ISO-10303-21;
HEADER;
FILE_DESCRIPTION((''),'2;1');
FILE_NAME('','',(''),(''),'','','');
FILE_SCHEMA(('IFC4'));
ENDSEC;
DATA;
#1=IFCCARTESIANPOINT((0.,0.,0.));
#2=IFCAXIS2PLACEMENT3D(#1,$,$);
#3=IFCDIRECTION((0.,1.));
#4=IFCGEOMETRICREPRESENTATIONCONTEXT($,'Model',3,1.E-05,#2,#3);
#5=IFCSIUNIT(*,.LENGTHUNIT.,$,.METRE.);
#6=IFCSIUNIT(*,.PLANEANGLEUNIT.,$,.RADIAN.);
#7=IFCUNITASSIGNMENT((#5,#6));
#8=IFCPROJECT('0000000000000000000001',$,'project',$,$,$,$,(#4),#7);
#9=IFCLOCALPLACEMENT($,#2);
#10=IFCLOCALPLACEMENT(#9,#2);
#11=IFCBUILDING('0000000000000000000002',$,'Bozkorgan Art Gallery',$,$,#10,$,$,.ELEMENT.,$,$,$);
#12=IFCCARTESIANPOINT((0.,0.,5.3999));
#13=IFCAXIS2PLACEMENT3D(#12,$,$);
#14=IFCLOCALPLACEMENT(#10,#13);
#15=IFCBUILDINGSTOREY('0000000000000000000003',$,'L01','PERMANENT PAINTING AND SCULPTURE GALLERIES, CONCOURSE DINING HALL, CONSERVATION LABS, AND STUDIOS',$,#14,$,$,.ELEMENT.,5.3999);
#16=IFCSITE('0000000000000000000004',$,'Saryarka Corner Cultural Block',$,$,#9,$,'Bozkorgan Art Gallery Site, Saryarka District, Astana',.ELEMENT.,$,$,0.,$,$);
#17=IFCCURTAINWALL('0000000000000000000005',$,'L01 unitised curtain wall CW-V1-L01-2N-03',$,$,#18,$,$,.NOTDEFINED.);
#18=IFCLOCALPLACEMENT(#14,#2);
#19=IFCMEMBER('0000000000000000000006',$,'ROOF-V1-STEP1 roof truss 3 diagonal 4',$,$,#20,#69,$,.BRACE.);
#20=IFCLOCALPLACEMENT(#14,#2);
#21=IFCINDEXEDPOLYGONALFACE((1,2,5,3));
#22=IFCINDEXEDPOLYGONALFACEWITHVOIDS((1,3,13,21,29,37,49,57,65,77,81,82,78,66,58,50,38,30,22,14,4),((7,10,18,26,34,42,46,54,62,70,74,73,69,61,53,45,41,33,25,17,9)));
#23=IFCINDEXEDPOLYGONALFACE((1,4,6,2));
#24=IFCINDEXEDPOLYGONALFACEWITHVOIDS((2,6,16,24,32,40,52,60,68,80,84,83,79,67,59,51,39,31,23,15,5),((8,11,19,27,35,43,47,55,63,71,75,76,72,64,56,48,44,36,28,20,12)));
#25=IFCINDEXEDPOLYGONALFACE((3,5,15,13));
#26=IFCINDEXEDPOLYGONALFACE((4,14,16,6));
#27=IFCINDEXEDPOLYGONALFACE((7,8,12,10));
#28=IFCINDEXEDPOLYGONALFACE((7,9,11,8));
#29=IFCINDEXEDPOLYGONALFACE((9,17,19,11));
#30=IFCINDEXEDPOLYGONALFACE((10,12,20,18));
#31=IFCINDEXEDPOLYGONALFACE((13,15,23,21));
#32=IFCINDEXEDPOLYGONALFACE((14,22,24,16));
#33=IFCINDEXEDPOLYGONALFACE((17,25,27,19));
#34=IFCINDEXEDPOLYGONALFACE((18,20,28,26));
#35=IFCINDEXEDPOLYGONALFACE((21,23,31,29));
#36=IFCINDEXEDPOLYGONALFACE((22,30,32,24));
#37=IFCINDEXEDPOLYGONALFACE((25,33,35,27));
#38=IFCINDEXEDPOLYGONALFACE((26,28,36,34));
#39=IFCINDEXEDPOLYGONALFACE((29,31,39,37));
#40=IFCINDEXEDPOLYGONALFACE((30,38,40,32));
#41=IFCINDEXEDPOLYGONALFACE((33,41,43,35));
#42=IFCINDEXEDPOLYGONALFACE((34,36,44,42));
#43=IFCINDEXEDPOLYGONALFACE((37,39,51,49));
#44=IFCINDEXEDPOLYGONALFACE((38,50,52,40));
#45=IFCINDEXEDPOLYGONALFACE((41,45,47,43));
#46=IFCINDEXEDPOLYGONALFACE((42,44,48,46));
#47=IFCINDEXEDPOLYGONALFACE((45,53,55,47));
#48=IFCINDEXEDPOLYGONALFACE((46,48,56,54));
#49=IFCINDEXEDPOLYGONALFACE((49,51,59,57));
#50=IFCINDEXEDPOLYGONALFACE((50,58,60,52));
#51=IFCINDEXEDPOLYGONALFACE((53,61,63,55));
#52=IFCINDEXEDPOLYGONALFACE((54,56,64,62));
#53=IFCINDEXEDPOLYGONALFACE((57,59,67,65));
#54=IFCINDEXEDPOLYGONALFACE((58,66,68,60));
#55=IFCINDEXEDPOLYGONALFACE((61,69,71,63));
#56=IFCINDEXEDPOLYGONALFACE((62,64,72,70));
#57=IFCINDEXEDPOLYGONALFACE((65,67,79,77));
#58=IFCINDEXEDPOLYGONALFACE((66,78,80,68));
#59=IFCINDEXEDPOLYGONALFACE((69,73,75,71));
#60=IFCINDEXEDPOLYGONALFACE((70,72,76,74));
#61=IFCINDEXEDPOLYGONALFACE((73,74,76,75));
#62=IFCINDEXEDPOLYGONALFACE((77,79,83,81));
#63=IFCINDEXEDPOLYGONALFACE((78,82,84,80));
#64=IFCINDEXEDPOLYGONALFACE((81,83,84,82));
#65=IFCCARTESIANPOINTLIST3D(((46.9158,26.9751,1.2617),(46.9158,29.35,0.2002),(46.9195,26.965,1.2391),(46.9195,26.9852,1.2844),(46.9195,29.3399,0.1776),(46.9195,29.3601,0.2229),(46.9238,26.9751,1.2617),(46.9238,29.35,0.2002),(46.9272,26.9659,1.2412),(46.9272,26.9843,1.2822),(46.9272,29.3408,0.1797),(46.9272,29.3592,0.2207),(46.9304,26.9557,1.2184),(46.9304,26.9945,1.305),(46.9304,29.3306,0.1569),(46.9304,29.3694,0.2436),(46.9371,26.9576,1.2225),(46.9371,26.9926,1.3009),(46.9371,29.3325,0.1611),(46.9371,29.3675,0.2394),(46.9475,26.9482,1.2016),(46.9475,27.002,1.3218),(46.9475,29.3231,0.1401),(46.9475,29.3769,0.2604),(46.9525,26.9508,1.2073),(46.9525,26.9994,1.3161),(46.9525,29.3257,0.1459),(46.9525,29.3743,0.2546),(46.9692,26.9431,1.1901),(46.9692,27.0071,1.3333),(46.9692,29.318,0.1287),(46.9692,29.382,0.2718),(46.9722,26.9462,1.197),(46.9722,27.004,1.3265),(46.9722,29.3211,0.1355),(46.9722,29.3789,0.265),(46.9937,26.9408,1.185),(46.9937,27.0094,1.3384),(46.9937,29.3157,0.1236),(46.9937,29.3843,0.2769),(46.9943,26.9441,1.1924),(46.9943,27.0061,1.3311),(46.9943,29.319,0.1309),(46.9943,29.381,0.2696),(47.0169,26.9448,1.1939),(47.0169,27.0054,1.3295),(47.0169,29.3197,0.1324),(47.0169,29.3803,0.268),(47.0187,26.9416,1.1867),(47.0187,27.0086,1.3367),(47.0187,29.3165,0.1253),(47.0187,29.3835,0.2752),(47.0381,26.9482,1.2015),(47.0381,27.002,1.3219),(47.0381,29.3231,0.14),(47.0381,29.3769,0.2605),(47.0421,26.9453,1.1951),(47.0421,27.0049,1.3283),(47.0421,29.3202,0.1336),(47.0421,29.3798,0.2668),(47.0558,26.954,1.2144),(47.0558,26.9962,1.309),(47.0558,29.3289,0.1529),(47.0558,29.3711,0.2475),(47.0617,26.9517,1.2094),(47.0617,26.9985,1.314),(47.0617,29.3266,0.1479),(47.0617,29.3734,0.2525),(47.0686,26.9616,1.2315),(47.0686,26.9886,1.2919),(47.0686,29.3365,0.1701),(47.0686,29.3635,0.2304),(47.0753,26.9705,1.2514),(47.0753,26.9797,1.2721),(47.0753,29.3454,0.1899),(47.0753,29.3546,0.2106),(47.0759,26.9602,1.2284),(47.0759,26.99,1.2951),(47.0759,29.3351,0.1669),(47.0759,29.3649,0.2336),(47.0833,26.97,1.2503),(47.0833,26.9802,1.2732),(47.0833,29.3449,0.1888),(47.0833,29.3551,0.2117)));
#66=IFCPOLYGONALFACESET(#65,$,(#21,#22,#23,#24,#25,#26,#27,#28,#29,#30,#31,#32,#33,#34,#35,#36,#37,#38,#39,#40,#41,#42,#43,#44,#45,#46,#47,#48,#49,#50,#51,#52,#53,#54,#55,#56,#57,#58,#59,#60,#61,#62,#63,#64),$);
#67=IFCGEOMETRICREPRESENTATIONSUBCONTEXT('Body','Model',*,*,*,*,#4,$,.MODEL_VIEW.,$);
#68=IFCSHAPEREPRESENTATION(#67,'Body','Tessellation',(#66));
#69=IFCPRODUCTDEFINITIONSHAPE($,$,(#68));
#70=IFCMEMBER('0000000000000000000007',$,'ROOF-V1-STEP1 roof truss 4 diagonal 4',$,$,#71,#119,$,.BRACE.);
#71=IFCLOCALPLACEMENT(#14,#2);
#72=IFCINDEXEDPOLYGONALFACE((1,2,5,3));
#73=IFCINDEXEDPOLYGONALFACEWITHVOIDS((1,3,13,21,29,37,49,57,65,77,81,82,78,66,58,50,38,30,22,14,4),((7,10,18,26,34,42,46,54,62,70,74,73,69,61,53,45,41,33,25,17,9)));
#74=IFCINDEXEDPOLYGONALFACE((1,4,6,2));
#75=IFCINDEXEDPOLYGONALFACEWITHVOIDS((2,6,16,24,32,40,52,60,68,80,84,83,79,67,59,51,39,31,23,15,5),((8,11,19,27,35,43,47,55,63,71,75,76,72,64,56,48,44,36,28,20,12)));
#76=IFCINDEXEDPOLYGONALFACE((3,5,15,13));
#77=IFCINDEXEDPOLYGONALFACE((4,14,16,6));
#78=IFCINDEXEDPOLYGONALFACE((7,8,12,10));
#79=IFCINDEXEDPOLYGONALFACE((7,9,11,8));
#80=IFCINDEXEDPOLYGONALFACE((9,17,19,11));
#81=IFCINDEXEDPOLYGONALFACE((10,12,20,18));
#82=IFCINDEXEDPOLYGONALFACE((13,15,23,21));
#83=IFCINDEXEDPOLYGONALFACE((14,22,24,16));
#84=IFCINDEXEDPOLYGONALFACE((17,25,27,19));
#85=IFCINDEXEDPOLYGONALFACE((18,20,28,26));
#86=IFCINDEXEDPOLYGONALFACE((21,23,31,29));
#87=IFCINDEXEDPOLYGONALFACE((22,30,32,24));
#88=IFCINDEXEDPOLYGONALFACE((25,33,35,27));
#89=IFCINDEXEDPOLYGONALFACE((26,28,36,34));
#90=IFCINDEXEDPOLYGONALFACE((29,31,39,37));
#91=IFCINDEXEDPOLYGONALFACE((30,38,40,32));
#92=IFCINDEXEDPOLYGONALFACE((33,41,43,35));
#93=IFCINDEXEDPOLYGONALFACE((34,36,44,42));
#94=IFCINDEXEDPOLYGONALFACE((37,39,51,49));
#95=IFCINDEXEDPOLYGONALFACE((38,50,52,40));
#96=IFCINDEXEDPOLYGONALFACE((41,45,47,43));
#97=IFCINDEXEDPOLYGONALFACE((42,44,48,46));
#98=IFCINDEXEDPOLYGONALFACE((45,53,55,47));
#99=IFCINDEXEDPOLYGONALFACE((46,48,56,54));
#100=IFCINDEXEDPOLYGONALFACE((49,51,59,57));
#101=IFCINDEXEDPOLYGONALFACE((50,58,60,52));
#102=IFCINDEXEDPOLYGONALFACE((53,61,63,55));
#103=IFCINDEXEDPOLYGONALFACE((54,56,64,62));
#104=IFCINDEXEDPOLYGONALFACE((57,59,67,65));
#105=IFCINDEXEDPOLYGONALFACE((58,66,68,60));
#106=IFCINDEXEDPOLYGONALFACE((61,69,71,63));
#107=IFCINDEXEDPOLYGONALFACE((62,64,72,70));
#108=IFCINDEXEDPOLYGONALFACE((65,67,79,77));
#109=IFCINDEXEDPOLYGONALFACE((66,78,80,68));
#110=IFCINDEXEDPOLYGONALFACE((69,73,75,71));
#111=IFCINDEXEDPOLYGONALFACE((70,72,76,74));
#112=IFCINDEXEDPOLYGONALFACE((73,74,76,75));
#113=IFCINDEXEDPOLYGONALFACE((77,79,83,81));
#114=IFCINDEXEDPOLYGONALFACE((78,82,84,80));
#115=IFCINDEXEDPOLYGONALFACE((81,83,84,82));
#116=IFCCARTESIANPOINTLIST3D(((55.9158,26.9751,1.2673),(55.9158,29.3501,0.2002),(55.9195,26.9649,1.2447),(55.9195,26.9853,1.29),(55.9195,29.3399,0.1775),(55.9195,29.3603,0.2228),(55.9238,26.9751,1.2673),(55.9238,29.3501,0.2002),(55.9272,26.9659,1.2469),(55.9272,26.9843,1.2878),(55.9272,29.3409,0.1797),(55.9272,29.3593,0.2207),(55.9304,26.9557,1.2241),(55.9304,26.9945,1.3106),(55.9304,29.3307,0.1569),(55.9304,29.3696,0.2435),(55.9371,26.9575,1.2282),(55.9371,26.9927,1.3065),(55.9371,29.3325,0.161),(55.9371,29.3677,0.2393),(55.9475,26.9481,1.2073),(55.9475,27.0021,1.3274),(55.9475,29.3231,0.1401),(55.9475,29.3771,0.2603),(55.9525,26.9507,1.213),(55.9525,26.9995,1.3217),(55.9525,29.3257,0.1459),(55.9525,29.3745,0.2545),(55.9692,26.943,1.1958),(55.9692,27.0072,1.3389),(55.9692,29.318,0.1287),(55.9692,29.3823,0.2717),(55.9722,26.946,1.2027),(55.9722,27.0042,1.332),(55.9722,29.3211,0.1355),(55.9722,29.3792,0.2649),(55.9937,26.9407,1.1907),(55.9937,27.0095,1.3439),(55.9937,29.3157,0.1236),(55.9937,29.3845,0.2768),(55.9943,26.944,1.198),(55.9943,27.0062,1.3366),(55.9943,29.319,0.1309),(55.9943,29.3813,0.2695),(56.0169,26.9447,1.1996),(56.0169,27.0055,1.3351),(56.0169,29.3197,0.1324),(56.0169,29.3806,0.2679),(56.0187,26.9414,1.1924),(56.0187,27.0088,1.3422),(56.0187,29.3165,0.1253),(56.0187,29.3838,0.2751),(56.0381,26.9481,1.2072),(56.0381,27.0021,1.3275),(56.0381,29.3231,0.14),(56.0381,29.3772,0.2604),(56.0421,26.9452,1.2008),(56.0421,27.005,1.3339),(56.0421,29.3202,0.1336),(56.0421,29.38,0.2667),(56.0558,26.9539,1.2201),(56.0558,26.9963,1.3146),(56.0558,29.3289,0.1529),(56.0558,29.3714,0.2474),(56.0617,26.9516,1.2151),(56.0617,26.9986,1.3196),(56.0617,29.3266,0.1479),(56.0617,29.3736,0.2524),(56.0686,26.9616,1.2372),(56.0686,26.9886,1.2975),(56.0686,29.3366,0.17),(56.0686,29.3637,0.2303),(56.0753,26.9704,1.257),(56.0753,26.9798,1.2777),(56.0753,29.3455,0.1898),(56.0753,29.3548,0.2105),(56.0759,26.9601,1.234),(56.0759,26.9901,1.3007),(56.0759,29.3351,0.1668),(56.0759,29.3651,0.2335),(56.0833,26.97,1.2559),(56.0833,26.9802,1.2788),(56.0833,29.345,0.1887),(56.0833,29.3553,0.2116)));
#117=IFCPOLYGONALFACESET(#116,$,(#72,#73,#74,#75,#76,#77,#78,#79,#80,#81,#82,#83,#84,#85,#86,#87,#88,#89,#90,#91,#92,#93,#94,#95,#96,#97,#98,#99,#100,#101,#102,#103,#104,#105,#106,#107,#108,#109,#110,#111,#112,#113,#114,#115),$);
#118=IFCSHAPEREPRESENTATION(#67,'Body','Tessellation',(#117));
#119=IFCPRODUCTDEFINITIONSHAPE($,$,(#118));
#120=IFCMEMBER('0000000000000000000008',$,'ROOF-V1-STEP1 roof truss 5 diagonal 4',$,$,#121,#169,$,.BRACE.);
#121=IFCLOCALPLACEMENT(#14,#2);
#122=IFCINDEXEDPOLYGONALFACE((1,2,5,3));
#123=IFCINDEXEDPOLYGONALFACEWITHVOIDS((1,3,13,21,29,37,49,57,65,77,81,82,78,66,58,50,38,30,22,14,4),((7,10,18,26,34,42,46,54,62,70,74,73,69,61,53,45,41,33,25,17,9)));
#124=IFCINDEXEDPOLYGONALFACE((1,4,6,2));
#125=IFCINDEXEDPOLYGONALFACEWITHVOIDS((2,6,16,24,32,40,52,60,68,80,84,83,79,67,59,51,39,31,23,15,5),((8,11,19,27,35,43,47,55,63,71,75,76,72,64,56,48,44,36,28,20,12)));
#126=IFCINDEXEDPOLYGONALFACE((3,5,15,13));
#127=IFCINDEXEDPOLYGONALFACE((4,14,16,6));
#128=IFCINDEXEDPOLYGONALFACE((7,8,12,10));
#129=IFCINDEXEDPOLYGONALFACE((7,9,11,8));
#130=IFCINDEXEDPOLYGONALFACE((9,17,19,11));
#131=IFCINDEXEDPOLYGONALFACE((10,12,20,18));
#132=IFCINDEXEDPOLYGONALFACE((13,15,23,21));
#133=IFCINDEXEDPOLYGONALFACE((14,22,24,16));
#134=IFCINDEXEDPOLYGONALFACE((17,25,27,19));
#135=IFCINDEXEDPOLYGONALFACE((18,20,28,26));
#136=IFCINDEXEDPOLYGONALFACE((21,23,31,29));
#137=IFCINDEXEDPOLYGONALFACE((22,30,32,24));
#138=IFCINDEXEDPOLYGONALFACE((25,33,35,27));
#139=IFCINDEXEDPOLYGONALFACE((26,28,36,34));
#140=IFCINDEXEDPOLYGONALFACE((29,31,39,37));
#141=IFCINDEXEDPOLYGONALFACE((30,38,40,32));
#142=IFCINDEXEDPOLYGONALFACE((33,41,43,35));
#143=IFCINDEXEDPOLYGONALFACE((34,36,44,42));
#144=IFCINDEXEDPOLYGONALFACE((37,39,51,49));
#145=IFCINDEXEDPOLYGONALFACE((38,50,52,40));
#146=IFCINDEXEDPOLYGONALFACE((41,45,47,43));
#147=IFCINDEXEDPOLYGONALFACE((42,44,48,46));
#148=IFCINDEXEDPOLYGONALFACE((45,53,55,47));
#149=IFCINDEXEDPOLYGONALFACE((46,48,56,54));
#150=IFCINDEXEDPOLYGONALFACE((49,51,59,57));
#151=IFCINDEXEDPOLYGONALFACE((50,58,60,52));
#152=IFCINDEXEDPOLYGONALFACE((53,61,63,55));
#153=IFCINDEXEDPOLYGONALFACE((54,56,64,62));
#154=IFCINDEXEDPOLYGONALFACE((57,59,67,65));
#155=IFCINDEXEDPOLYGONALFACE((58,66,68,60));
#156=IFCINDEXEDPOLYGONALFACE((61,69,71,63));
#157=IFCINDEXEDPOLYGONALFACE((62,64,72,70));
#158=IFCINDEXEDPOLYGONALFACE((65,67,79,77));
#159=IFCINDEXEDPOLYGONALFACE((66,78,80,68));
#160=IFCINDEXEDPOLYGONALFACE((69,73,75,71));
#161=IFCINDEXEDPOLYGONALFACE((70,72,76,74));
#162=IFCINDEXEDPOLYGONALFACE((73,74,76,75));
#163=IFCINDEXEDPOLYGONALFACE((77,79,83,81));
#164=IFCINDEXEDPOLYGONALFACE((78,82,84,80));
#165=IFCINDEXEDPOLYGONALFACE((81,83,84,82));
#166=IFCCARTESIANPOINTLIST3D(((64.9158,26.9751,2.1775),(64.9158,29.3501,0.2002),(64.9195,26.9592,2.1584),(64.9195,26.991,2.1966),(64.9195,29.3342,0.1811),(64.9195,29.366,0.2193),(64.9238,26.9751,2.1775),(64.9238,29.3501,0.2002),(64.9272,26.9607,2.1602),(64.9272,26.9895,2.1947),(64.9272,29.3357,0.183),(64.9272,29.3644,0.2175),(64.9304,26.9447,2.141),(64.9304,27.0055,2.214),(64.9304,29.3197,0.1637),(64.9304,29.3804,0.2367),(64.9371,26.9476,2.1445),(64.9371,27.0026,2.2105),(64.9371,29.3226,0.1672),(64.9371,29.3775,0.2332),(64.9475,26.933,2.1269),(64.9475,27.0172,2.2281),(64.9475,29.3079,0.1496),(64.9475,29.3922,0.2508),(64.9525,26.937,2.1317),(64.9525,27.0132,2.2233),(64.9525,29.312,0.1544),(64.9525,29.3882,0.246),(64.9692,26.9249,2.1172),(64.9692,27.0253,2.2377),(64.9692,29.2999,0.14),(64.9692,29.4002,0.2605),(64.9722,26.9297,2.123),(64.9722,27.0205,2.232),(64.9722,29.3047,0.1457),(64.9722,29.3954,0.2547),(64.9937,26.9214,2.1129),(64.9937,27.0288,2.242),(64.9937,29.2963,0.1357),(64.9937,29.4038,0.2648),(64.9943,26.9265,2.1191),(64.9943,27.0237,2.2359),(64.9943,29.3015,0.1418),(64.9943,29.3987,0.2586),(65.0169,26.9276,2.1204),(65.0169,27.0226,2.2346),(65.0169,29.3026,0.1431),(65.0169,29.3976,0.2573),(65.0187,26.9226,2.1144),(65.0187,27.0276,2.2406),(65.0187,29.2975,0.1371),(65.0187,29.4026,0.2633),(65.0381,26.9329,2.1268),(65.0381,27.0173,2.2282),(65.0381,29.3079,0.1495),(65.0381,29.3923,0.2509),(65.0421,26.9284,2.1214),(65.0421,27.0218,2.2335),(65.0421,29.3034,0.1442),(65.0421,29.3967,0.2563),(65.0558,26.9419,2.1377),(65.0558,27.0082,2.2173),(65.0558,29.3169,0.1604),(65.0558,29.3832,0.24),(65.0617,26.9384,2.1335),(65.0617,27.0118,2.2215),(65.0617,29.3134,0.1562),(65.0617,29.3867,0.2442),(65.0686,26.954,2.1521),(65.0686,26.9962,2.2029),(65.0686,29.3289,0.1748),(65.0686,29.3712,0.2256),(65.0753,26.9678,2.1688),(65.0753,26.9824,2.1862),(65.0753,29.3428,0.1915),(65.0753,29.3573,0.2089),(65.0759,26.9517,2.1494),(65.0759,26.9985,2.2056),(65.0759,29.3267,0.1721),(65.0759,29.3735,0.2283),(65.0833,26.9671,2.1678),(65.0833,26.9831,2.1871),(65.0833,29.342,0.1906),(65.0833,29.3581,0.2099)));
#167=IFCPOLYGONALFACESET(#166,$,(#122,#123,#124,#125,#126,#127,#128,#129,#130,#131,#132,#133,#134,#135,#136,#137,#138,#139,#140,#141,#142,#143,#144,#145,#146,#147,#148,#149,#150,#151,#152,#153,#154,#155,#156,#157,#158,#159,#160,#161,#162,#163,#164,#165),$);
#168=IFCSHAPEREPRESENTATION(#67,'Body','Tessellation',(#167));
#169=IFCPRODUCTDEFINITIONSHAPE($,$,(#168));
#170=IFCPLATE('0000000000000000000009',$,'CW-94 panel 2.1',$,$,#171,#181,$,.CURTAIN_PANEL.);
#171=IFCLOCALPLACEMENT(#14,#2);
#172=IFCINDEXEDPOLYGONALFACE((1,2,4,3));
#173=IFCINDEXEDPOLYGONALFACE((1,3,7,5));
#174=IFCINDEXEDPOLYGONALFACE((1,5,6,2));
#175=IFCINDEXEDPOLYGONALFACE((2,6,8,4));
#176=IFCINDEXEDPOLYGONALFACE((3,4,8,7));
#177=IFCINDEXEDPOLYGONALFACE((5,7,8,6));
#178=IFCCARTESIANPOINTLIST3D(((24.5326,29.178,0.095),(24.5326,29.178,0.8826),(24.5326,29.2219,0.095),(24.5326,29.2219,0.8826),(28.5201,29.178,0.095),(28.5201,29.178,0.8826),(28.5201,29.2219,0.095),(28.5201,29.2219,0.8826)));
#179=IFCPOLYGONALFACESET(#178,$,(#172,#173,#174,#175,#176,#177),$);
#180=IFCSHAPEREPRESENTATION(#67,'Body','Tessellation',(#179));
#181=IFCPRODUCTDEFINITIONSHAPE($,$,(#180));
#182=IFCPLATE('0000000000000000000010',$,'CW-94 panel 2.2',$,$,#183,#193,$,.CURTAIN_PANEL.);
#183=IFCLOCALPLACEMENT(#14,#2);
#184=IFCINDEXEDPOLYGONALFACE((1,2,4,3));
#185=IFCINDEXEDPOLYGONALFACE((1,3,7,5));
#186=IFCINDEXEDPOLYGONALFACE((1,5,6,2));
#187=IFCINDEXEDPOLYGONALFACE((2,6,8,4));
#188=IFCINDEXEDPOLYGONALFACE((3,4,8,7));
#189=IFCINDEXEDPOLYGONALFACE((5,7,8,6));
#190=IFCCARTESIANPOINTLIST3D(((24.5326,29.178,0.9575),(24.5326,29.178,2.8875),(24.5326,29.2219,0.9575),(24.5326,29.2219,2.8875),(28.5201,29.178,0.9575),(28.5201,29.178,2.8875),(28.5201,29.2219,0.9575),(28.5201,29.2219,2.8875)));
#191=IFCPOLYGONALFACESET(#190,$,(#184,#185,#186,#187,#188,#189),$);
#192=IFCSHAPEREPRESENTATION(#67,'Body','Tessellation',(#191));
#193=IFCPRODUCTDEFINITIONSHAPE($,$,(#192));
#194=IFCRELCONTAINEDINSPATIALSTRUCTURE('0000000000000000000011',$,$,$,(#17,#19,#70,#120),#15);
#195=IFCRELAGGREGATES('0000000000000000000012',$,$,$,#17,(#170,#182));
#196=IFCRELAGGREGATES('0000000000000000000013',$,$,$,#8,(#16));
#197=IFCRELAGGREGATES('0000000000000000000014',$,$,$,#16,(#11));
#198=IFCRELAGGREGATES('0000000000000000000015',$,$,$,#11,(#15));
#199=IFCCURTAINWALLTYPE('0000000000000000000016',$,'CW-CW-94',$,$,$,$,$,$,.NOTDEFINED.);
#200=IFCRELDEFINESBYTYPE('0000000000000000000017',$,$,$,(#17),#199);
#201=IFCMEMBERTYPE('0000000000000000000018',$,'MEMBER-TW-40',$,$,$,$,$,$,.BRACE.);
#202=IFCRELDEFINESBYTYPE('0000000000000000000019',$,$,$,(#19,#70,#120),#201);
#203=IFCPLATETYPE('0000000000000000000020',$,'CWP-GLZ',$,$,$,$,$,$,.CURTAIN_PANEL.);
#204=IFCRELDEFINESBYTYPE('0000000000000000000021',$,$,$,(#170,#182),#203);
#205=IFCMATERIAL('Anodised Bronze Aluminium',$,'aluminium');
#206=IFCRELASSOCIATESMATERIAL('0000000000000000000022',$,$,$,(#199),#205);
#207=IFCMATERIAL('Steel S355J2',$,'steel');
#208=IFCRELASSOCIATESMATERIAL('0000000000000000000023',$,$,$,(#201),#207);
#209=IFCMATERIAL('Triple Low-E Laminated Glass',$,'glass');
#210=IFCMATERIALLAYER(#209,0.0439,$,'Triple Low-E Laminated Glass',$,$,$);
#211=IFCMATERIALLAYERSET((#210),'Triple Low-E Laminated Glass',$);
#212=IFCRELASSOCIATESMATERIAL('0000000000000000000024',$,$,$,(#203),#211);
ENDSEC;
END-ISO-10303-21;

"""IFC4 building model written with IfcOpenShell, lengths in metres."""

from ifc_helpers import new_model, si_unit, direction, frame, origin, origin_2d, place, context, subcontext, project, spatial, rectangle, hollow_circle, extrude, material, layer, layer_set, material_profile, profile_set, type_object, element, aggregate, save


model = new_model("IFC4")

# Units and contexts
model_context = context("Model", 3, precision=1e-05, world=origin(), true_north=direction((0.0, 1.0)))
body_context = subcontext(model_context, "Body", "Model", "MODEL_VIEW")
ifc_project = project(units=[si_unit("LENGTHUNIT", "METRE"), si_unit("PLANEANGLEUNIT", "RADIAN")], contexts=[model_context])

# Site, building, storey
site_placement = place(None, origin())
site = spatial("IfcSite", under=ifc_project, at=site_placement, Name="Saryarka Corner Cultural Block", LongName="Bozkorgan Art Gallery Site, Saryarka District, Astana", CompositionType="ELEMENT", RefElevation=0.0)
building_placement = place(site_placement, origin())
building = spatial("IfcBuilding", under=site, at=building_placement, Name="Bozkorgan Art Gallery", CompositionType="ELEMENT")
storey_placement = place(building_placement, frame((0.0, 0.0, 5.3999)))
storey = spatial("IfcBuildingStorey", under=building, at=storey_placement, Name="L01", Description="PERMANENT PAINTING AND SCULPTURE GALLERIES, CONCOURSE DINING HALL, CONSERVATION LABS, AND STUDIOS", CompositionType="ELEMENT", Elevation=5.3999)

# Curtain wall
ifc_material_1 = material(Name="Anodised Bronze Aluminium", Category="aluminium")
curtain_wall_type = type_object("IfcCurtainWallType", Name="CW-CW-94", PredefinedType="NOTDEFINED", material=ifc_material_1)
curtain_wall_placement = place(storey_placement, origin())
curtain_wall = element("IfcCurtainWall", 1, at=curtain_wall_placement, inside=storey, type_object=curtain_wall_type, Name="L01 unitised curtain wall CW-V1-L01-2N-03", PredefinedType="NOTDEFINED")

# Members
ifc_material_2 = material(Name="Steel S355J2", Category="steel")
ifc_material_profile_1 = material_profile(ifc_material_2, hollow_circle(Radius=0.0842, WallThickness=0.0081, at=origin_2d()), Name="CHS 168.3x8")
ifc_profile_set_1 = profile_set([ifc_material_profile_1], Name="Steel S355J2")
member_type_1 = type_object("IfcMemberType", Name="MEMBER-TW-40", PredefinedType="BRACE", material=ifc_profile_set_1)
for number, where, z_axis, x_axis, name in (
    (2, (47.0, 26.9751, 1.2617), (0.0, 0.912958, -0.408053), (-1.0, 0.0, 0.0), "ROOF-V1-STEP1 roof truss 3 diagonal 4"),
):
    element("IfcMember", number, at=place(storey_placement, frame(where, z_axis=z_axis, x_axis=x_axis)), inside=storey, type_object=member_type_1, Name=name, PredefinedType="BRACE", context=body_context, shape_type="SweptSolid", body=[
        extrude(hollow_circle(Radius=0.0842, WallThickness=0.0081, at=origin_2d()), origin(), (0.0, 0.0, 1.0), 2.6013),
    ])
member_1_placement = place(storey_placement, frame((56.0, 26.9751, 1.2673), z_axis=(0.0, 0.912153, -0.40985), x_axis=(-1.0, 0.0, 0.0)))
element("IfcMember", 3, at=member_1_placement, inside=storey, type_object=member_type_1, Name="ROOF-V1-STEP1 roof truss 4 diagonal 4", PredefinedType="BRACE", context=body_context, shape_type="SweptSolid", body=[
    extrude(hollow_circle(Radius=0.0842, WallThickness=0.0081, at=origin_2d()), origin(), (0.0, 0.0, 1.0), 2.6038),
])
member_2_placement = place(storey_placement, frame((65.0, 26.9751, 2.1775), z_axis=(0.0, 0.768519, -0.639827), x_axis=(-1.0, 0.0, 0.0)))
element("IfcMember", 4, at=member_2_placement, inside=storey, type_object=member_type_1, Name="ROOF-V1-STEP1 roof truss 5 diagonal 4", PredefinedType="BRACE", context=body_context, shape_type="SweptSolid", body=[
    extrude(hollow_circle(Radius=0.0842, WallThickness=0.0081, at=origin_2d()), origin(), (0.0, 0.0, 1.0), 3.0903),
])

# Plates
ifc_material_3 = material(Name="Triple Low-E Laminated Glass", Category="glass")
ifc_layer_1 = layer(ifc_material_3, 0.0439, Name="Triple Low-E Laminated Glass")
ifc_layer_set_1 = layer_set([ifc_layer_1], Name="Triple Low-E Laminated Glass")
plate_type_1 = type_object("IfcPlateType", Name="CWP-GLZ", PredefinedType="CURTAIN_PANEL", material=ifc_layer_set_1)
plate_1_placement = place(storey_placement, frame((26.5264, 29.2, 0.095), z_axis=(0.0, 0.0, 1.0), x_axis=(1.0, 0.0, 0.0)))
plate_1 = element("IfcPlate", 5, at=plate_1_placement, type_object=plate_type_1, Name="CW-94 panel 2.1", PredefinedType="CURTAIN_PANEL", context=body_context, shape_type="SweptSolid", body=[
    extrude(rectangle(XDim=3.9875, YDim=0.0439, at=origin_2d()), origin(), (0.0, 0.0, 1.0), 0.7876),
])
plate_2_placement = place(storey_placement, frame((26.5264, 29.2, 0.9575), z_axis=(0.0, 0.0, 1.0), x_axis=(1.0, 0.0, 0.0)))
plate_2 = element("IfcPlate", 6, at=plate_2_placement, type_object=plate_type_1, Name="CW-94 panel 2.2", PredefinedType="CURTAIN_PANEL", context=body_context, shape_type="SweptSolid", body=[
    extrude(rectangle(XDim=3.9875, YDim=0.0439, at=origin_2d()), origin(), (0.0, 0.0, 1.0), 1.9299),
])
aggregate(curtain_wall, [plate_1, plate_2])

save(model, "model.ifc")
